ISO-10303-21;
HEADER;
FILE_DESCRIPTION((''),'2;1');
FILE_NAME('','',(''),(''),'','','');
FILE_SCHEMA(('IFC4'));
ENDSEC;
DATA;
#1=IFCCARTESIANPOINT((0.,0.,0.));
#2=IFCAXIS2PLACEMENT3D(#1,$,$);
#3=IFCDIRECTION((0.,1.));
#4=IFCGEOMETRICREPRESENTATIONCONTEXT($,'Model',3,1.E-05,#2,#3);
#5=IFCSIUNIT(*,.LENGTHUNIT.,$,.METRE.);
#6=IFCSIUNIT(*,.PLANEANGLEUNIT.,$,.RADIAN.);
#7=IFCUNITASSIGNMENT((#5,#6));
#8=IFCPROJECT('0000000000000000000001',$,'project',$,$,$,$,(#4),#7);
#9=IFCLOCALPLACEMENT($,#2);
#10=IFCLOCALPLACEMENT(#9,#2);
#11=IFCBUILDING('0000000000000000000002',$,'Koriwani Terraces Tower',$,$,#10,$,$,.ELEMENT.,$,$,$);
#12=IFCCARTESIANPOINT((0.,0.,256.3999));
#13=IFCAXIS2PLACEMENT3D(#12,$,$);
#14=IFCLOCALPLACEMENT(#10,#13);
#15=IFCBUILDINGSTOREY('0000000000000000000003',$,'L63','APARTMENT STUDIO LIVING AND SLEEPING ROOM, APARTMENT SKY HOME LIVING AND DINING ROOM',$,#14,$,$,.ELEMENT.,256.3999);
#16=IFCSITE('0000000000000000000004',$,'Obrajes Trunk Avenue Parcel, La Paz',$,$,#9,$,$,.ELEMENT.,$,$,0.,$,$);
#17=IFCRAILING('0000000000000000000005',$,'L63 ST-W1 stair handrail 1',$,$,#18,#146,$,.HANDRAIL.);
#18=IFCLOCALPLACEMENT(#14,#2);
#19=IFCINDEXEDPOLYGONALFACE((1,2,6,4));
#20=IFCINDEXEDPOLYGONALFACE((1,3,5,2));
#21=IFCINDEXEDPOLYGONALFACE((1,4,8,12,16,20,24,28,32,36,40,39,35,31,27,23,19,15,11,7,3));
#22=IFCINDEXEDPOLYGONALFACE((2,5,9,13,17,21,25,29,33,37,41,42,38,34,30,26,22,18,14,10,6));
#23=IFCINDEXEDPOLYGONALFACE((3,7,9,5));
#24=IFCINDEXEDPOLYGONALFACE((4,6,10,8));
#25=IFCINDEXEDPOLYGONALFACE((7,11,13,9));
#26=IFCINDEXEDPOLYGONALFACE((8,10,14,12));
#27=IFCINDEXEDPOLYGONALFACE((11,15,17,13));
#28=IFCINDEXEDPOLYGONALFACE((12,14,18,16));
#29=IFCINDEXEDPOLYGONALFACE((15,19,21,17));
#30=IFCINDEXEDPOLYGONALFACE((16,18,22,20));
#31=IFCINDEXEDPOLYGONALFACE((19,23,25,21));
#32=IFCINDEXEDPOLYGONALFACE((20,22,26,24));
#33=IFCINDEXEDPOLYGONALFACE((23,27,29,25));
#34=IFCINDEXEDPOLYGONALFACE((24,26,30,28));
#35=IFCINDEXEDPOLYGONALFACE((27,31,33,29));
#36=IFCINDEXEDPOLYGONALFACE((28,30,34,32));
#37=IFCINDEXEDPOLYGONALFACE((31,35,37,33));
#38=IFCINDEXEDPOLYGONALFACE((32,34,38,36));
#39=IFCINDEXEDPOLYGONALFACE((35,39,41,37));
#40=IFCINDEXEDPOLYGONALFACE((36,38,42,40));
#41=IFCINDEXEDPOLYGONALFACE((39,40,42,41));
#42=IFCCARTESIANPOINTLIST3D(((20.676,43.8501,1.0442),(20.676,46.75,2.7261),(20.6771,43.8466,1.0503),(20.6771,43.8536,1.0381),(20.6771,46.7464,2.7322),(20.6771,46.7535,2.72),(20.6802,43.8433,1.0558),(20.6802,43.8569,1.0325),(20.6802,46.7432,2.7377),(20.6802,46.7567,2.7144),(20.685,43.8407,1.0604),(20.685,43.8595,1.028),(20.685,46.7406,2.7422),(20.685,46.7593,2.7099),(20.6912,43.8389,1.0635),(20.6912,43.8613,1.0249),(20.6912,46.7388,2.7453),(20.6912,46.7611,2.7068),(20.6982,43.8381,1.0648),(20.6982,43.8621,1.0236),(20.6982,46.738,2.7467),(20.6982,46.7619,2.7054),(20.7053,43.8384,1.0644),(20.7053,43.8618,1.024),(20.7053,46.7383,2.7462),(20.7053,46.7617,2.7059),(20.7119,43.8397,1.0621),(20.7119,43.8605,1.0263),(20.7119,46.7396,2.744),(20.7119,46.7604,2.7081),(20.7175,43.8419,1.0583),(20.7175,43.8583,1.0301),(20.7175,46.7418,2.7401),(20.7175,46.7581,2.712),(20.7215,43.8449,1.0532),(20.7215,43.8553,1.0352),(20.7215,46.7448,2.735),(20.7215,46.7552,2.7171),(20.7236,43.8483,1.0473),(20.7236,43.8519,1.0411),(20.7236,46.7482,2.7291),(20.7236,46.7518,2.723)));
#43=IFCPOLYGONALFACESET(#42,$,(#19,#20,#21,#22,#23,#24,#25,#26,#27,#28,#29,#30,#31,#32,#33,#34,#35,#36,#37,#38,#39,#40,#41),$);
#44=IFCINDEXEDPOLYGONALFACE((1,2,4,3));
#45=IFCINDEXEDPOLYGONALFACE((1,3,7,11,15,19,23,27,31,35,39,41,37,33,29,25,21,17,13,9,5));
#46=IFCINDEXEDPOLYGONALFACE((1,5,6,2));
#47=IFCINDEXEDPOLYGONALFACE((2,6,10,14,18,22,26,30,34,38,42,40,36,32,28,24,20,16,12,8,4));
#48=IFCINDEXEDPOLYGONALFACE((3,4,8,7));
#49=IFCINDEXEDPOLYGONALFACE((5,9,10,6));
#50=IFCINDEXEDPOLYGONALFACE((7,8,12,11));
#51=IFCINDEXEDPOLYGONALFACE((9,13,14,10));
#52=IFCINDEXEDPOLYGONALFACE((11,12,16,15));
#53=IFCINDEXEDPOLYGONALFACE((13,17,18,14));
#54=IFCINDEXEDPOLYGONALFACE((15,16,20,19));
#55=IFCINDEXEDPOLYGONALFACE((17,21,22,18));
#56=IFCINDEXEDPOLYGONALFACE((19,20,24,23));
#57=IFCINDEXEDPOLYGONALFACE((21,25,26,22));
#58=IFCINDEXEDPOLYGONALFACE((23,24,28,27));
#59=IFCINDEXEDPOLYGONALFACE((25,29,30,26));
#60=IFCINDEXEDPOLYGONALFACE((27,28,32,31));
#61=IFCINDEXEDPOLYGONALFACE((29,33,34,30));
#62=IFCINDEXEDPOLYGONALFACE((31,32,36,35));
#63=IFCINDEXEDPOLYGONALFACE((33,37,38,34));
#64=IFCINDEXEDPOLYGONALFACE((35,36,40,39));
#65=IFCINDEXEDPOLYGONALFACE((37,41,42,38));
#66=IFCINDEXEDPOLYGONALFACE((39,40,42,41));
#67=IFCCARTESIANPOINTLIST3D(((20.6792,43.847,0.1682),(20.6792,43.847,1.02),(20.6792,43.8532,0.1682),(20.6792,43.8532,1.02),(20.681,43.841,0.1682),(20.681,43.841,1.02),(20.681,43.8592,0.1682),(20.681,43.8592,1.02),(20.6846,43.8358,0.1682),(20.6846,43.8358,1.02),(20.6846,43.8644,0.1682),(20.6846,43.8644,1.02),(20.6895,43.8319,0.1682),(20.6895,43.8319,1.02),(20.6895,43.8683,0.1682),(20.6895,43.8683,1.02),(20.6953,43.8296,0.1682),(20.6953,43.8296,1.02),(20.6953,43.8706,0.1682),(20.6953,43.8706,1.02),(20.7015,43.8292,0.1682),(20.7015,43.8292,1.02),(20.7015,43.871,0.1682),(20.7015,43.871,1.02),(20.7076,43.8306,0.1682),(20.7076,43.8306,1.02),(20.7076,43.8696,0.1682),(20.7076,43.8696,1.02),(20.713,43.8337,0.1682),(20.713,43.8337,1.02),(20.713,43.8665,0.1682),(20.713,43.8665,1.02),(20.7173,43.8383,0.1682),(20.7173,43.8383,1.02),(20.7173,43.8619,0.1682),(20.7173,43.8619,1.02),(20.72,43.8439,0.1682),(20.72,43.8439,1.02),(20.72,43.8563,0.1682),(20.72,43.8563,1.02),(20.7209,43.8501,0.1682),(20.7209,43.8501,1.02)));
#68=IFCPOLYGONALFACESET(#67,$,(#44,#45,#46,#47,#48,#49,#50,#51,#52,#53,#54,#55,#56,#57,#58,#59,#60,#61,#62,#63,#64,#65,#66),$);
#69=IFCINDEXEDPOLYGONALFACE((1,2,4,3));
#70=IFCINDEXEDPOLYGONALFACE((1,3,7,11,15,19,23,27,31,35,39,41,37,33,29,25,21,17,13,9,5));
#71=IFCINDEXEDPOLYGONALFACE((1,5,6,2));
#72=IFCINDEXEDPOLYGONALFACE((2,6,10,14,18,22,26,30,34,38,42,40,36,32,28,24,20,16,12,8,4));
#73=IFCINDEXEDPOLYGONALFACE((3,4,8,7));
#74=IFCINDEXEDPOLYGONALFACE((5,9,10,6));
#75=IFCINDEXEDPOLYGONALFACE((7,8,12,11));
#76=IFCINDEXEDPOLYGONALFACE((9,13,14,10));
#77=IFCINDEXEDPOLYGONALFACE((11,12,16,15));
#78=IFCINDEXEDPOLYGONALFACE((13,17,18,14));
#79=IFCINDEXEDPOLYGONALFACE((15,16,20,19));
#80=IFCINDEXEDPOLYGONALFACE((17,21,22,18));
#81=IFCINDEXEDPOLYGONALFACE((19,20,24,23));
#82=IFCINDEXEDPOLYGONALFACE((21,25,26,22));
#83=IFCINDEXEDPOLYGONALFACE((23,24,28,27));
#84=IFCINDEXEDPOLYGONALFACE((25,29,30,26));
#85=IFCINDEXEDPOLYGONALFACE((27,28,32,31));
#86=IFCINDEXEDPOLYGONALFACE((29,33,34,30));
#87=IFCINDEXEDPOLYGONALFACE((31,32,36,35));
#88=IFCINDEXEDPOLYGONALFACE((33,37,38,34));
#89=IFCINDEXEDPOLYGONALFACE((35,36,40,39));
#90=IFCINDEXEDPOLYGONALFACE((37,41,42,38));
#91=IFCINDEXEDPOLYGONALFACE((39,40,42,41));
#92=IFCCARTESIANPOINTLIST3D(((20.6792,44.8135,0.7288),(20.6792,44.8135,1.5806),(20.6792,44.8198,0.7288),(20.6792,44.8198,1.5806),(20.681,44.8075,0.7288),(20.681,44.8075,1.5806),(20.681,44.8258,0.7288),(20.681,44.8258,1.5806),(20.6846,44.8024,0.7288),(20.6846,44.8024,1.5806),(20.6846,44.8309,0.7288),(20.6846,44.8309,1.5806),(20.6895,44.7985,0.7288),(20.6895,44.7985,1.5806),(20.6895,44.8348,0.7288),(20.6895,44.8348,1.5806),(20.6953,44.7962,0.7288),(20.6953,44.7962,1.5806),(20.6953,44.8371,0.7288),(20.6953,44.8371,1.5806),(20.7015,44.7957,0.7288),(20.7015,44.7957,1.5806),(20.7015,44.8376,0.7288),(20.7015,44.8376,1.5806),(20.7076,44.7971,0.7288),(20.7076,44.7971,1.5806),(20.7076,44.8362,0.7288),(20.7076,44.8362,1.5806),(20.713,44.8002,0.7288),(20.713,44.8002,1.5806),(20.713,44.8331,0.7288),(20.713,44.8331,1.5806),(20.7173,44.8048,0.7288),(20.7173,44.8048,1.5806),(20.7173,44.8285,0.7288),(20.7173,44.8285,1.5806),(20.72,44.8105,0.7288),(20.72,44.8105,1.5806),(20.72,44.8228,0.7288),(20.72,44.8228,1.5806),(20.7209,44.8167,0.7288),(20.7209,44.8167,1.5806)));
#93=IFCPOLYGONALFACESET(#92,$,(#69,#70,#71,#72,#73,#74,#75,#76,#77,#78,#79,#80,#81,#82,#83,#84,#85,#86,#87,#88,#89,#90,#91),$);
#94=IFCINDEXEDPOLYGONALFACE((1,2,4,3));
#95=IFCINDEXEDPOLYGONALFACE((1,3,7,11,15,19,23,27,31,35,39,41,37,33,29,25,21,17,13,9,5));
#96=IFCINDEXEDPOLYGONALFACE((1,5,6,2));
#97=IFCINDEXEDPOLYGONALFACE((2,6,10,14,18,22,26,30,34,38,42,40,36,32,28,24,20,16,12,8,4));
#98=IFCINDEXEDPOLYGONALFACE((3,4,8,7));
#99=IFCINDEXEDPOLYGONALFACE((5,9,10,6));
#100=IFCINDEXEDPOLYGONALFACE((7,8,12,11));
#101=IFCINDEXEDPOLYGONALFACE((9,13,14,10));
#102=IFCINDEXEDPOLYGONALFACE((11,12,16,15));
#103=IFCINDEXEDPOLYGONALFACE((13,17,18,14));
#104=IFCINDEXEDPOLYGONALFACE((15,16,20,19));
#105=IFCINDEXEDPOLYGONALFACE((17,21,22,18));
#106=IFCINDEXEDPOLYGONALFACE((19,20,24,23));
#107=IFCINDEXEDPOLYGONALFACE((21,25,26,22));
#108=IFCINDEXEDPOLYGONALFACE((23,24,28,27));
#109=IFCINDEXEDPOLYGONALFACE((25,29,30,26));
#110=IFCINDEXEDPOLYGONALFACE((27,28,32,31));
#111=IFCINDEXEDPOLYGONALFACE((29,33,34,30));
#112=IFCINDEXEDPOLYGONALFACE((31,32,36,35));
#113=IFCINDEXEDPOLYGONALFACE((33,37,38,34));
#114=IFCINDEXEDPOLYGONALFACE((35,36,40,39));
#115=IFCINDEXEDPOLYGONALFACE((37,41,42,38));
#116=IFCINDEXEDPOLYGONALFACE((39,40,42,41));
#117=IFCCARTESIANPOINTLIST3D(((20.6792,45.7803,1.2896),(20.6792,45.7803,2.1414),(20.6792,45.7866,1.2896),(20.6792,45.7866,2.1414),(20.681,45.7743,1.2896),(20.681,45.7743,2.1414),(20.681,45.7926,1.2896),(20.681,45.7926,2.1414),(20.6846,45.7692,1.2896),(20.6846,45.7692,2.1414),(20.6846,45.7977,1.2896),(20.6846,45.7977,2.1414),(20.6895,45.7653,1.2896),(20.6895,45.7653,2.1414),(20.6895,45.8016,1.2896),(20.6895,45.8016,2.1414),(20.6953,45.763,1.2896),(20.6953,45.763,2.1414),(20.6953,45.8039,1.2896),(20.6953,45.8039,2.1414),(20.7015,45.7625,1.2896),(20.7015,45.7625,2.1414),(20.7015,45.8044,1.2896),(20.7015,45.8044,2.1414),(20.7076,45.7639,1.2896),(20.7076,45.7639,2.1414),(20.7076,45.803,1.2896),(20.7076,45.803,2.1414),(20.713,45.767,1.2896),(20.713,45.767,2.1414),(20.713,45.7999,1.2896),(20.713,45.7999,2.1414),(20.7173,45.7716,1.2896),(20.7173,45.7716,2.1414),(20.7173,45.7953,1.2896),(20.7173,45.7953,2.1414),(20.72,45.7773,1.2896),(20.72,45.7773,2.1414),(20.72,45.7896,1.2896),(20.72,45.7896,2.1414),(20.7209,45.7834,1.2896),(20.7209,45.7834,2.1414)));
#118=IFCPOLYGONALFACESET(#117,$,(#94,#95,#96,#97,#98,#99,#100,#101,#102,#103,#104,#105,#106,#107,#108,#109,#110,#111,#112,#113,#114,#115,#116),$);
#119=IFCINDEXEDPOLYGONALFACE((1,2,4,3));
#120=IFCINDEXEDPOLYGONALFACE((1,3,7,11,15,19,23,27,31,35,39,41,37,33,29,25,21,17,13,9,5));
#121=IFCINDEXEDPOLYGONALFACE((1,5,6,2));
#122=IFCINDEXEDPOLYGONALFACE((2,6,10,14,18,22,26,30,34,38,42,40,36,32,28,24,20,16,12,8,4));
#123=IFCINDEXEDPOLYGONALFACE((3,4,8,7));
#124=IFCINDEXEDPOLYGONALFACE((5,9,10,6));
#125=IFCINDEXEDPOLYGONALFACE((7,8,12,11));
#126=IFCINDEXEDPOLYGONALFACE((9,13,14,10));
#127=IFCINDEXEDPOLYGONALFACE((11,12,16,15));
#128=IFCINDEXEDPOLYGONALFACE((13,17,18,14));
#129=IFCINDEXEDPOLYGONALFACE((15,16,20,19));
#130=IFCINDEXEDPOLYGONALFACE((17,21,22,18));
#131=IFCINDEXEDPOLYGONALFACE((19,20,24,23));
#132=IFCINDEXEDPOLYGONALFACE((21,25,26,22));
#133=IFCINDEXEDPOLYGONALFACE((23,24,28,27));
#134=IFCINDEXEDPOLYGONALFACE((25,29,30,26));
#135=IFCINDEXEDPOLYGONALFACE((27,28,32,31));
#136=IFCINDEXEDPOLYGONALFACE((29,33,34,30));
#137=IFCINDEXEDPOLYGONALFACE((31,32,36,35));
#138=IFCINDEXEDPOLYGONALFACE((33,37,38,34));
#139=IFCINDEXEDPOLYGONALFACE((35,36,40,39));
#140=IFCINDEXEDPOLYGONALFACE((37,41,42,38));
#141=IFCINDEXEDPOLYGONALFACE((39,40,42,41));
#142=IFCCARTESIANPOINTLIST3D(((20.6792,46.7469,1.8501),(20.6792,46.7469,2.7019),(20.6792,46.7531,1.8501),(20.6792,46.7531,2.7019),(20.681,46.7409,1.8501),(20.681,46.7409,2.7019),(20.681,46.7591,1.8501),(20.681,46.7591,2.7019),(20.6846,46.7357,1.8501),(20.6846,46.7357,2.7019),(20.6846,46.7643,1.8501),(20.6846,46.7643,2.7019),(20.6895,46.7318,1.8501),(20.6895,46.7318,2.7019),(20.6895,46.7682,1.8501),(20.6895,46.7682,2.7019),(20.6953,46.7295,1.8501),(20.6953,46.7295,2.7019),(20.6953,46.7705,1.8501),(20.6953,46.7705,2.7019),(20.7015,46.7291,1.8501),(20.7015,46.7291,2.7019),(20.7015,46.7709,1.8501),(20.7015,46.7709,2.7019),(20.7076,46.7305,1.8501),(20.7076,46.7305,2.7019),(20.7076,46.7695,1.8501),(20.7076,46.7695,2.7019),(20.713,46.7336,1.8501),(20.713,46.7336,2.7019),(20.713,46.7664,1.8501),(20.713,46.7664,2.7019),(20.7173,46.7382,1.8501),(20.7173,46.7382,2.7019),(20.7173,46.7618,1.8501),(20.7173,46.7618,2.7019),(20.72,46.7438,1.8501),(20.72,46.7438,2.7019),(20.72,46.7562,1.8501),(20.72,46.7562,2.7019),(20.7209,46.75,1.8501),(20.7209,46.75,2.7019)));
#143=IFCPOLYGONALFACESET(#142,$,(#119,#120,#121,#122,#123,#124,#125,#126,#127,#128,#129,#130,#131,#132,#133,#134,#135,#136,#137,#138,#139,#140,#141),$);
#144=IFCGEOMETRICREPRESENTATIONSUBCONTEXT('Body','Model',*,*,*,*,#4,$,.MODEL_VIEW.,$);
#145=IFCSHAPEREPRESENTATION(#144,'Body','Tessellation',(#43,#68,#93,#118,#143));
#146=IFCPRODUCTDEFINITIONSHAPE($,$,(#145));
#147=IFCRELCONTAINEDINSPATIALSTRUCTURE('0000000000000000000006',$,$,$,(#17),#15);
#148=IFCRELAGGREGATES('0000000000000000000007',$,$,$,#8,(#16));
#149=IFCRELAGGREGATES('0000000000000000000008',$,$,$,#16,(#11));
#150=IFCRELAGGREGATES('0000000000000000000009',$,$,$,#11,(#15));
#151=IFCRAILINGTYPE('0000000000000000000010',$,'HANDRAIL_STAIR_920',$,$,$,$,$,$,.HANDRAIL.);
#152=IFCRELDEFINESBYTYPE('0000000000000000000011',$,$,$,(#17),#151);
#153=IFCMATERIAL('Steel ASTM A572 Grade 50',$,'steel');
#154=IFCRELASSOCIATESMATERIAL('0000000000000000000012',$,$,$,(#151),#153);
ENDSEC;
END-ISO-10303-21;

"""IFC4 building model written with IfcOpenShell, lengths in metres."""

from ifc_helpers import new_model, si_unit, direction, frame, origin, origin_2d, place, context, subcontext, project, spatial, circle, extrude, material, type_object, element, save


model = new_model("IFC4")

# Units and contexts
model_context = context("Model", 3, precision=1e-05, world=origin(), true_north=direction((0.0, 1.0)))
body_context = subcontext(model_context, "Body", "Model", "MODEL_VIEW")
ifc_project = project(units=[si_unit("LENGTHUNIT", "METRE"), si_unit("PLANEANGLEUNIT", "RADIAN")], contexts=[model_context])

# Site, building, storey
site_placement = place(None, origin())
site = spatial("IfcSite", under=ifc_project, at=site_placement, Name="Obrajes Trunk Avenue Parcel, La Paz", CompositionType="ELEMENT", RefElevation=0.0)
building_placement = place(site_placement, origin())
building = spatial("IfcBuilding", under=site, at=building_placement, Name="Koriwani Terraces Tower", CompositionType="ELEMENT")
storey_placement = place(building_placement, frame((0.0, 0.0, 256.3999)))
storey = spatial("IfcBuildingStorey", under=building, at=storey_placement, Name="L63", Description="APARTMENT STUDIO LIVING AND SLEEPING ROOM, APARTMENT SKY HOME LIVING AND DINING ROOM", CompositionType="ELEMENT", Elevation=256.3999)

# Shared definitions
ifc_material_1 = material(Name="Steel ASTM A572 Grade 50", Category="steel")

# Railing
railing_type = type_object("IfcRailingType", Name="HANDRAIL_STAIR_920", PredefinedType="HANDRAIL", material=ifc_material_1)
for number, where, name in (
    (1, (20.7, 43.8501, 0.1682), "L63 ST-W1 stair handrail 1"),
):
    element("IfcRailing", number, at=place(storey_placement, frame(where)), inside=storey, type_object=railing_type, Name=name, PredefinedType="HANDRAIL", context=body_context, shape_type="SweptSolid", body=[
        extrude(circle(Radius=0.0239, at=origin_2d()), frame((0.0, 0.0, 0.876), z_axis=(0.0, 0.865039, 0.501705), x_axis=(-1.0, 0.0, 0.0)), (0.0, 0.0, 1.0), 3.3523),
        extrude(circle(Radius=0.021, at=origin_2d()), origin(), (0.0, 0.0, 1.0), 0.8518),
        extrude(circle(Radius=0.021, at=origin_2d()), frame((0.0, 0.9666, 0.5605)), (0.0, 0.0, 1.0), 0.8518),
        extrude(circle(Radius=0.021, at=origin_2d()), frame((0.0, 1.9333, 1.1213)), (0.0, 0.0, 1.0), 0.8518),
        extrude(circle(Radius=0.021, at=origin_2d()), frame((0.0, 2.8999, 1.6819)), (0.0, 0.0, 1.0), 0.8518),
    ])

save(model, "model.ifc")
